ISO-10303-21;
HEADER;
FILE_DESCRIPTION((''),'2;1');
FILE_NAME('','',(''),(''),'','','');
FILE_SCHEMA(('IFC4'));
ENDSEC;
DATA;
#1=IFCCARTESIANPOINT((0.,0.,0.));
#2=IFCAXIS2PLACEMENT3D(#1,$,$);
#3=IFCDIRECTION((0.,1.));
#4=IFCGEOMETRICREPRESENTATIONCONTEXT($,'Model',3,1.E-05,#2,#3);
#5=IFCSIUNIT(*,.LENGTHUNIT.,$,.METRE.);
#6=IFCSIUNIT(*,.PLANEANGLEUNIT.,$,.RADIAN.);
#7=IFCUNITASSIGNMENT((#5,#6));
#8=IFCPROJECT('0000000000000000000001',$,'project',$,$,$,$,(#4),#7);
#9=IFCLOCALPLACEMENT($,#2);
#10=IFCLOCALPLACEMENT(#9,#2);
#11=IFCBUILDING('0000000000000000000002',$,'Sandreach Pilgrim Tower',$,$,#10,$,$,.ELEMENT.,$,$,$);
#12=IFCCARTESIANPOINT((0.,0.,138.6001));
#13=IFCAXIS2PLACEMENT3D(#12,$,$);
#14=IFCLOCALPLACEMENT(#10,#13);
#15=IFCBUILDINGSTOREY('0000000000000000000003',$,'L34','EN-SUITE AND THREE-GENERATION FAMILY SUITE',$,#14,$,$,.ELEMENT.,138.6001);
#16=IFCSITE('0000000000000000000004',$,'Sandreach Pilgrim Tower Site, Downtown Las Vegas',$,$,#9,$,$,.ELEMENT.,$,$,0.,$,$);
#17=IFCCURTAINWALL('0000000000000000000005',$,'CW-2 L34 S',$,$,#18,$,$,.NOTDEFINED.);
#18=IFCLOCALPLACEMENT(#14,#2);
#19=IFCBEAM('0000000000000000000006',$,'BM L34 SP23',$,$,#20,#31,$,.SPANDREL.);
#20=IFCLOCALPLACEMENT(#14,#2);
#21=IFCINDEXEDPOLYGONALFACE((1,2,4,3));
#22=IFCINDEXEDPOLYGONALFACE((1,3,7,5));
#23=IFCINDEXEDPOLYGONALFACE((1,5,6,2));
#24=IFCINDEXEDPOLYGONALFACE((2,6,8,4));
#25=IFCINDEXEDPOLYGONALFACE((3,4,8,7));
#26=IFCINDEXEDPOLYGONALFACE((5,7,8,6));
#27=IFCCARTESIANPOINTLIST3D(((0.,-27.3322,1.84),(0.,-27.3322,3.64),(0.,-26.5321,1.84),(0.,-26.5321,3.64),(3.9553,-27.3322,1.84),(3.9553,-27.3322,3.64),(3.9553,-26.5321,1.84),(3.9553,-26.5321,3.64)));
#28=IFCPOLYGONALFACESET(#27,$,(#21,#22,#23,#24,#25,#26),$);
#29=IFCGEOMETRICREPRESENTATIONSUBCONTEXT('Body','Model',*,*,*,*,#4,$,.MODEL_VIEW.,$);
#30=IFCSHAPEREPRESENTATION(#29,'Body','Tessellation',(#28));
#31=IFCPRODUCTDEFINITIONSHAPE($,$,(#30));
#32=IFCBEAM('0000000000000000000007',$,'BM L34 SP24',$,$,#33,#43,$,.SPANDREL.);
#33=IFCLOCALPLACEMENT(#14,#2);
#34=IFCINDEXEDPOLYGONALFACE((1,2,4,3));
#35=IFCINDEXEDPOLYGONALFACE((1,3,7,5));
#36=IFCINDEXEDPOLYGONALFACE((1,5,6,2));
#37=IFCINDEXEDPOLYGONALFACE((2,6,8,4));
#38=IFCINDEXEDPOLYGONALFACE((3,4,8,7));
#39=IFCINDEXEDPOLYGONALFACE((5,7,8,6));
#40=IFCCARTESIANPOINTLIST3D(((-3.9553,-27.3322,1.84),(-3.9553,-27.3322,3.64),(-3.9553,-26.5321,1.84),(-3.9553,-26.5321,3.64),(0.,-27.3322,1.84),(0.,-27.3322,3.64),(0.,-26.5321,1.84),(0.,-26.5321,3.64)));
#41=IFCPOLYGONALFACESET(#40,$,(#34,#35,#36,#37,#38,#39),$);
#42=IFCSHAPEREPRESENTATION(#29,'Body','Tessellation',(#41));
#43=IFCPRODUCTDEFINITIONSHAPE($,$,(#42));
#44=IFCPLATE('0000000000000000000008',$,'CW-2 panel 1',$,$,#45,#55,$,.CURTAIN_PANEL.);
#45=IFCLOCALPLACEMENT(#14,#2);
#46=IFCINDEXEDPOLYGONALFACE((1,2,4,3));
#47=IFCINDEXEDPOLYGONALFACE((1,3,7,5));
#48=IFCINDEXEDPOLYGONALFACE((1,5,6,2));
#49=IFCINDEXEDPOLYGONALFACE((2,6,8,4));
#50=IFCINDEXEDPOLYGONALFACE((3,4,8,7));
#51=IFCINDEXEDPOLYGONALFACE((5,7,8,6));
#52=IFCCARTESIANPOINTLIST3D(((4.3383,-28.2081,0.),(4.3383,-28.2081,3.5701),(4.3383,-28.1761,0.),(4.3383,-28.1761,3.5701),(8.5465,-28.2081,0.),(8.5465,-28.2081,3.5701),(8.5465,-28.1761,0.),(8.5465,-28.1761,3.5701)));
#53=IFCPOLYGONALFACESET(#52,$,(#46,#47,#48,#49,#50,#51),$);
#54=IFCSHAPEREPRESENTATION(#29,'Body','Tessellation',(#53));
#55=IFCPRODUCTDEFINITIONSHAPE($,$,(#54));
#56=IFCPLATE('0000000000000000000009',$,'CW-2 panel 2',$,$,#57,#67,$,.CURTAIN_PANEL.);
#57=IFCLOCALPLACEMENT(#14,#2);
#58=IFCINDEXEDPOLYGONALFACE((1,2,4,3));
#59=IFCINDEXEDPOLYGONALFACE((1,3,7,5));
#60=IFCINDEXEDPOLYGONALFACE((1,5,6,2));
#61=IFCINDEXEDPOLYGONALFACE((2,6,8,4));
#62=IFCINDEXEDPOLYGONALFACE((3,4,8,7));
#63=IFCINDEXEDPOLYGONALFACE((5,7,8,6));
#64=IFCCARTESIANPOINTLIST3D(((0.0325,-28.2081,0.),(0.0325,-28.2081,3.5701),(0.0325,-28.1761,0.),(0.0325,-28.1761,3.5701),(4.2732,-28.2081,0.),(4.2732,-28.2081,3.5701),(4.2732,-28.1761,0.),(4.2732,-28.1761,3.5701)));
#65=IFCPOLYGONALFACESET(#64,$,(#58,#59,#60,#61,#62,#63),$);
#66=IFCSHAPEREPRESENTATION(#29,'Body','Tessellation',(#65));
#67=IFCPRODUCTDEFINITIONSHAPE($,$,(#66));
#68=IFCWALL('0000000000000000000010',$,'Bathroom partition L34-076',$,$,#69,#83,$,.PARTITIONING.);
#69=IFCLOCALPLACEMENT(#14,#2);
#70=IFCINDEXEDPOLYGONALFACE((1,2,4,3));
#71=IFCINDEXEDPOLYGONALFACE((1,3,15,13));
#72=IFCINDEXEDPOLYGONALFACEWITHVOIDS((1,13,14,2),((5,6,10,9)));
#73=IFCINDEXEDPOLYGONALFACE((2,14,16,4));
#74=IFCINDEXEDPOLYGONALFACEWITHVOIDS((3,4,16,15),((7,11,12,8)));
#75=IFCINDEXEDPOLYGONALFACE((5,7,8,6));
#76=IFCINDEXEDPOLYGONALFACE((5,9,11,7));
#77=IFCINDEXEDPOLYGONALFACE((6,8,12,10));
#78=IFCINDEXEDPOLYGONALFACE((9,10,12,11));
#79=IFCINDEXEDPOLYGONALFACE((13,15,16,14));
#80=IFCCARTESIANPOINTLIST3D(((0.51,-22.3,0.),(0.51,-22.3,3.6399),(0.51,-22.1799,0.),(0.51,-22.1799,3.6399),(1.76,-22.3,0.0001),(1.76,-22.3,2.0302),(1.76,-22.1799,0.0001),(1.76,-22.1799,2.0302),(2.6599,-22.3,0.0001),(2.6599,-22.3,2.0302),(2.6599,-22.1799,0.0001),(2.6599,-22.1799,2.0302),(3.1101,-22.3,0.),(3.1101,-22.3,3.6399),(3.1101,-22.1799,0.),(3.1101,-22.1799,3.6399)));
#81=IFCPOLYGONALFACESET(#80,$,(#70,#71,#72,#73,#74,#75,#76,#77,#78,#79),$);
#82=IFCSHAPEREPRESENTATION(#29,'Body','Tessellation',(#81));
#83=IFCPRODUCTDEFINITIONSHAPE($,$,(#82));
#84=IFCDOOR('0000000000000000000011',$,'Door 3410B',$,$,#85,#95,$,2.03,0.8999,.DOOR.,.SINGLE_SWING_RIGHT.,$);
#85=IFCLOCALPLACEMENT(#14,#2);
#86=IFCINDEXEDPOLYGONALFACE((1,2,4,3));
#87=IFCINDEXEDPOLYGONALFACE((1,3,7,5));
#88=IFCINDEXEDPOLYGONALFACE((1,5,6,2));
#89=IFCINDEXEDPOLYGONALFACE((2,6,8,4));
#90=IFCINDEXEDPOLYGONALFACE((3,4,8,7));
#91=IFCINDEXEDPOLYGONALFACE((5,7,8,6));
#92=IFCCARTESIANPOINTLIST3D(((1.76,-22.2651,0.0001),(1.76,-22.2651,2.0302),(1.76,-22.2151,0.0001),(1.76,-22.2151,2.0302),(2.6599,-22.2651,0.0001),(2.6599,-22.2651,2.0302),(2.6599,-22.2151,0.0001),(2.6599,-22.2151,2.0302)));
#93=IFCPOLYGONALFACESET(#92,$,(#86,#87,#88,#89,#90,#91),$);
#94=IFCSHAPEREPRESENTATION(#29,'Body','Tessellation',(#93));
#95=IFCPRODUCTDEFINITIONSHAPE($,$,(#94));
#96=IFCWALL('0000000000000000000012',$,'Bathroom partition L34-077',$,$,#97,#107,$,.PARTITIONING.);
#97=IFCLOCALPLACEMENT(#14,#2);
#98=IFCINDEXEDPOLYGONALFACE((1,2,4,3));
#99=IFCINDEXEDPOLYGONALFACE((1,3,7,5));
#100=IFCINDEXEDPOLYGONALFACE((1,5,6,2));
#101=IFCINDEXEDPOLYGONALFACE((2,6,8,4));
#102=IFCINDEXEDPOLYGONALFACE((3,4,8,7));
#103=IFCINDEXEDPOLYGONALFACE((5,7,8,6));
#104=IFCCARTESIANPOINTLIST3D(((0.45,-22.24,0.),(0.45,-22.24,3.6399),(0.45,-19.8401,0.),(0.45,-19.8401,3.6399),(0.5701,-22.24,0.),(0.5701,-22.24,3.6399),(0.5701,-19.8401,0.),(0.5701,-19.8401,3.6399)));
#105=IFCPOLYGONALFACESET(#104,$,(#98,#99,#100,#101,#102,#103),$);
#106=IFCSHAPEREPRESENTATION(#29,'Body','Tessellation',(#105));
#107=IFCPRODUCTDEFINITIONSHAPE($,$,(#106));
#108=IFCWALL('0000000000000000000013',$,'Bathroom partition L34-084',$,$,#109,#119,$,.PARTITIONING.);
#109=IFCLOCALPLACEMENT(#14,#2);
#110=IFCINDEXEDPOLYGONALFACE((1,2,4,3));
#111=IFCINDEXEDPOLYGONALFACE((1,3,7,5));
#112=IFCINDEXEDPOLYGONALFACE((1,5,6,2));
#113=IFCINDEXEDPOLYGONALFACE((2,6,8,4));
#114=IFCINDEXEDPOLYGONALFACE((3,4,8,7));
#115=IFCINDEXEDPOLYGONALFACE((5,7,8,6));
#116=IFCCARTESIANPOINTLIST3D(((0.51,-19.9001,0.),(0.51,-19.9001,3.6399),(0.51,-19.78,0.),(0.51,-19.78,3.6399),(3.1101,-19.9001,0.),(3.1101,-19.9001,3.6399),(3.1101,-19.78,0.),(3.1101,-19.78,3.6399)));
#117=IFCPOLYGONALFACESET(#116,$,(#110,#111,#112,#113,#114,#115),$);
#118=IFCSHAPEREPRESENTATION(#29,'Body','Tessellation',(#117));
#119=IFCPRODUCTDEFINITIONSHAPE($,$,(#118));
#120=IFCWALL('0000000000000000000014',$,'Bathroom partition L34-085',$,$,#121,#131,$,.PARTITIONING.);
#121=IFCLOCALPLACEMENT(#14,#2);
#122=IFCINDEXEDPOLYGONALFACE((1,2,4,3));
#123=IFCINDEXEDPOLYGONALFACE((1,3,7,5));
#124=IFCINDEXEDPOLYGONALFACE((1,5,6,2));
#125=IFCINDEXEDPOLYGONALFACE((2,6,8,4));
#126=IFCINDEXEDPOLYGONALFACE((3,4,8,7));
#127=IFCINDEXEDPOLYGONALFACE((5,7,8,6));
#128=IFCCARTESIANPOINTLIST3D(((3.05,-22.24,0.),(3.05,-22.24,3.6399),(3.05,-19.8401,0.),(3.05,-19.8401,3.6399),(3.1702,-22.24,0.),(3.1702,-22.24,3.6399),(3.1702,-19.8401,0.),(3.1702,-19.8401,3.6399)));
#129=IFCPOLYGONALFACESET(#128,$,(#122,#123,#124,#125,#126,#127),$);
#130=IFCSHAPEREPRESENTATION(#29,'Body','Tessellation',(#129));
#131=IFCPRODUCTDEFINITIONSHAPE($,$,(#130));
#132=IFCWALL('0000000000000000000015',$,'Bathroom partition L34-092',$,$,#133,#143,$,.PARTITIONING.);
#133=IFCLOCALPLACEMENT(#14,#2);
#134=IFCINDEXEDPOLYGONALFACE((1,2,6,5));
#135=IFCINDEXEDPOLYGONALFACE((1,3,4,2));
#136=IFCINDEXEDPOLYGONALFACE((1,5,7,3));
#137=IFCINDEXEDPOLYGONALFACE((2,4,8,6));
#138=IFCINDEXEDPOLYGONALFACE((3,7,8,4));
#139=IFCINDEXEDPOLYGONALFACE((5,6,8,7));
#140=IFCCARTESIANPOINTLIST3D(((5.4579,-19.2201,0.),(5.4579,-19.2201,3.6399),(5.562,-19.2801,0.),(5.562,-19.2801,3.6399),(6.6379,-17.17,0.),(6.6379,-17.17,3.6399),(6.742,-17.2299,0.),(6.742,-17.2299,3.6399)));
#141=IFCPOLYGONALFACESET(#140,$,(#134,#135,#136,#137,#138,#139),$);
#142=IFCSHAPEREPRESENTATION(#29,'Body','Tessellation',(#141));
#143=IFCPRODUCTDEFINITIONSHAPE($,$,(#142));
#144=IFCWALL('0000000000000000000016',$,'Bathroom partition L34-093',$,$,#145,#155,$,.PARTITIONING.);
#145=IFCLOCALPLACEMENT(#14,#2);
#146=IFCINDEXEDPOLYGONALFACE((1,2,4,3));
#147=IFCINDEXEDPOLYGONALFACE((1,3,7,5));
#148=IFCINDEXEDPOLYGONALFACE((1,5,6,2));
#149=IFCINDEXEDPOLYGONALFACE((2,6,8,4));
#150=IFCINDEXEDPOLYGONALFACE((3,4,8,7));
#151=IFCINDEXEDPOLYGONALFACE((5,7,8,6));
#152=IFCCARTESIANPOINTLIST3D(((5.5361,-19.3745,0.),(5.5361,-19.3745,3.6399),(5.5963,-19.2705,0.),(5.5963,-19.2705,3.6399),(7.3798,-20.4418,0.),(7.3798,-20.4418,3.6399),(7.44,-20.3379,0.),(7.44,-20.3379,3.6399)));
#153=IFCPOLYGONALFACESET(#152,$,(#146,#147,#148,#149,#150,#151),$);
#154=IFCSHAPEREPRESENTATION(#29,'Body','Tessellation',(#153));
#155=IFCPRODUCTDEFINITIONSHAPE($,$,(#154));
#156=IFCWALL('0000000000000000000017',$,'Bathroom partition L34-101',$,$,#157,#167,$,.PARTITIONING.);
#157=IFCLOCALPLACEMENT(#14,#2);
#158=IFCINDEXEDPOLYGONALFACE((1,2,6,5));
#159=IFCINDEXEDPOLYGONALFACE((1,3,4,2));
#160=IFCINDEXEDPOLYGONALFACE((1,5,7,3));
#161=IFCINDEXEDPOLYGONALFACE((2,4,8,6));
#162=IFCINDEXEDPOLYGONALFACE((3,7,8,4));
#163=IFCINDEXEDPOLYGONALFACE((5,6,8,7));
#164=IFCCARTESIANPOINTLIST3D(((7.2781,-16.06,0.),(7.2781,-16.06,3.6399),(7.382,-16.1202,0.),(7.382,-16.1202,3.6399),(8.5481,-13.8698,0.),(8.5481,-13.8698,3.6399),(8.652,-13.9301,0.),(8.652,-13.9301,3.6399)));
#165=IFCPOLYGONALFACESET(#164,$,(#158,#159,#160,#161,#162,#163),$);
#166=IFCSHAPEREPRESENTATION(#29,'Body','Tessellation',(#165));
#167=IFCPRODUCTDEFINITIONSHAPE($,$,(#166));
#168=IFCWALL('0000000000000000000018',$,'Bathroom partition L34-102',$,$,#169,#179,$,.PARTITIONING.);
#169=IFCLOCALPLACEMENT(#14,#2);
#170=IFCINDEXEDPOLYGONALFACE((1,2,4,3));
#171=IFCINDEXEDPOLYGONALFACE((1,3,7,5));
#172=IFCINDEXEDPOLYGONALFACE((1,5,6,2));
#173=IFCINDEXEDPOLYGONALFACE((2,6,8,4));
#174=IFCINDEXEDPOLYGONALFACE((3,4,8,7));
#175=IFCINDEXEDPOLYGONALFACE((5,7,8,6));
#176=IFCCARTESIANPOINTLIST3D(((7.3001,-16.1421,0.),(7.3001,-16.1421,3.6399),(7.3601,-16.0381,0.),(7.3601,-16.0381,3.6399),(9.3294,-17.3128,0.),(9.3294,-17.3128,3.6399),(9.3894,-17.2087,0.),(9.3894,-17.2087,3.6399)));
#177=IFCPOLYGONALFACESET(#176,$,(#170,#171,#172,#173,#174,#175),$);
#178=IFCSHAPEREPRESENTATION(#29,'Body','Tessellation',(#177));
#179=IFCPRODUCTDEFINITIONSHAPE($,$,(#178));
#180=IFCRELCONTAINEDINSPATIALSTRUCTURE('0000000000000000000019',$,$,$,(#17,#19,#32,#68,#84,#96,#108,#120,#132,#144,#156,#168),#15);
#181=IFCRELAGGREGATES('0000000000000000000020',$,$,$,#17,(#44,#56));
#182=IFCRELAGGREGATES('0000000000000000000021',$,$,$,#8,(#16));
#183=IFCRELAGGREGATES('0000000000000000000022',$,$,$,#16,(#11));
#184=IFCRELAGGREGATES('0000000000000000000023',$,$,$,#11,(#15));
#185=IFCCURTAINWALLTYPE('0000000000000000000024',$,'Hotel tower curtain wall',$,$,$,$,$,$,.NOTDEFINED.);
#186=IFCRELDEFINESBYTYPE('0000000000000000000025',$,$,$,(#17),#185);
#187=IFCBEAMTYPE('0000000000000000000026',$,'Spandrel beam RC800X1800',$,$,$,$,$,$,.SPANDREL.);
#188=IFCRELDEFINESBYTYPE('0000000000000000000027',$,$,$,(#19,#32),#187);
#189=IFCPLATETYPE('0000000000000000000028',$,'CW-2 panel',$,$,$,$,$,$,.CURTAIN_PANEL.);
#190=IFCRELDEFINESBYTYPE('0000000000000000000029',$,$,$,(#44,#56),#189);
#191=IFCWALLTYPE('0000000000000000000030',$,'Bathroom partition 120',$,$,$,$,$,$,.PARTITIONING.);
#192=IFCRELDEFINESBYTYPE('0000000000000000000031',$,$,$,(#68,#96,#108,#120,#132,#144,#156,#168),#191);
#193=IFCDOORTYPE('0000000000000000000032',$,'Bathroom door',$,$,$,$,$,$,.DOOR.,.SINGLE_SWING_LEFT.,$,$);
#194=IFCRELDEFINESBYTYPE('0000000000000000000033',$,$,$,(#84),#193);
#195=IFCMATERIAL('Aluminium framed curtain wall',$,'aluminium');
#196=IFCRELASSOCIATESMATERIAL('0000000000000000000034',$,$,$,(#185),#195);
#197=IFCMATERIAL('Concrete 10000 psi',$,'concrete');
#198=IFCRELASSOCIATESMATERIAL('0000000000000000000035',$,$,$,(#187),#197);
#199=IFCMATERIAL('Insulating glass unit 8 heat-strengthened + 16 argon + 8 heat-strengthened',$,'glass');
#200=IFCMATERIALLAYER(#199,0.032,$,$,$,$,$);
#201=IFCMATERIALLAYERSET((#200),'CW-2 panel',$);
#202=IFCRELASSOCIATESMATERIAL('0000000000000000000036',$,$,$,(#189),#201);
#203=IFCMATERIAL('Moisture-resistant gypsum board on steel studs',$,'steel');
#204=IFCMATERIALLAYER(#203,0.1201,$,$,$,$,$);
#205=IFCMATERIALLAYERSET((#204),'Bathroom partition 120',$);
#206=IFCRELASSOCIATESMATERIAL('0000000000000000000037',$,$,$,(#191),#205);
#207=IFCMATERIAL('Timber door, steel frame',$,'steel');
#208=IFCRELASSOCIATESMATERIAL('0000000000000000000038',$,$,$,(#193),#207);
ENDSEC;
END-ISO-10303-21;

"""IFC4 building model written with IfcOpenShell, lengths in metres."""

from ifc_helpers import new_model, si_unit, direction, frame, frame_2d, origin, origin_2d, place, context, subcontext, project, spatial, rectangle, extrude, material, layer, layer_set, material_profile, profile_set, type_object, element, fill, aggregate, save


model = new_model("IFC4")

# Units and contexts
model_context = context("Model", 3, precision=1e-05, world=origin(), true_north=direction((0.0, 1.0)))
body_context = subcontext(model_context, "Body", "Model", "MODEL_VIEW")
ifc_project = project(units=[si_unit("LENGTHUNIT", "METRE"), si_unit("PLANEANGLEUNIT", "RADIAN")], contexts=[model_context])

# Site, building, storey
site_placement = place(None, origin())
site = spatial("IfcSite", under=ifc_project, at=site_placement, Name="Sandreach Pilgrim Tower Site, Downtown Las Vegas", CompositionType="ELEMENT", RefElevation=0.0)
building_placement = place(site_placement, origin())
building = spatial("IfcBuilding", under=site, at=building_placement, Name="Sandreach Pilgrim Tower", CompositionType="ELEMENT")
storey_placement = place(building_placement, frame((0.0, 0.0, 138.6001)))
storey = spatial("IfcBuildingStorey", under=building, at=storey_placement, Name="L34", Description="EN-SUITE AND THREE-GENERATION FAMILY SUITE", CompositionType="ELEMENT", Elevation=138.6001)

# Curtain wall
ifc_material_1 = material(Name="Aluminium framed curtain wall", Category="aluminium")
curtain_wall_type = type_object("IfcCurtainWallType", Name="Hotel tower curtain wall", PredefinedType="NOTDEFINED", material=ifc_material_1)
curtain_wall_placement = place(storey_placement, origin())
curtain_wall = element("IfcCurtainWall", 1, at=curtain_wall_placement, inside=storey, type_object=curtain_wall_type, Name="CW-2 L34 S", PredefinedType="NOTDEFINED")

# Beams
ifc_material_2 = material(Name="Concrete 10000 psi", Category="concrete")
ifc_material_profile_1 = material_profile(ifc_material_2, rectangle(XDim=0.8, YDim=1.8, at=origin_2d()), Name="RC800X1800")
ifc_profile_set_1 = profile_set([ifc_material_profile_1], Name="Concrete 10000 psi")
beam_type_1 = type_object("IfcBeamType", Name="Spandrel beam RC800X1800", PredefinedType="SPANDREL", material=ifc_profile_set_1)
for number, where, z_axis, x_axis, name in (
    (2, (3.9553, -26.9321, 2.74), (-1.0, 0.0, 0.0), (0.0, -1.0, 0.0), "BM L34 SP23"),
    (3, (0.0, -26.9321, 2.74), (-1.0, 0.0, 0.0), (0.0, -1.0, 0.0), "BM L34 SP24"),
):
    element("IfcBeam", number, at=place(storey_placement, frame(where, z_axis=z_axis, x_axis=x_axis)), inside=storey, type_object=beam_type_1, Name=name, PredefinedType="SPANDREL", context=body_context, shape_type="SweptSolid", body=[
        extrude(rectangle(XDim=0.8, YDim=1.8, at=origin_2d()), origin(), (0.0, 0.0, 1.0), 3.9553),
    ])

# Plates
ifc_material_3 = material(Name="Insulating glass unit 8 heat-strengthened + 16 argon + 8 heat-strengthened", Category="glass")
ifc_layer_1 = layer(ifc_material_3, 0.032)
ifc_layer_set_1 = layer_set([ifc_layer_1], Name="CW-2 panel")
plate_type = type_object("IfcPlateType", Name="CW-2 panel", PredefinedType="CURTAIN_PANEL", material=ifc_layer_set_1)
plate_1_placement = place(storey_placement, frame((6.4424, -28.1921, 0.0), z_axis=(0.0, 0.0, 1.0), x_axis=(-1.0, 0.0, 0.0)))
plate_1 = element("IfcPlate", 4, at=plate_1_placement, type_object=plate_type, Name="CW-2 panel 1", PredefinedType="CURTAIN_PANEL", context=body_context, shape_type="SweptSolid", body=[
    extrude(rectangle(XDim=4.2083, YDim=0.032, at=origin_2d()), origin(), (0.0, 0.0, 1.0), 3.5701),
])
plate_2_placement = place(storey_placement, frame((2.1528, -28.1921, 0.0), z_axis=(0.0, 0.0, 1.0), x_axis=(-1.0, 0.0, 0.0)))
plate_2 = element("IfcPlate", 5, at=plate_2_placement, type_object=plate_type, Name="CW-2 panel 2", PredefinedType="CURTAIN_PANEL", context=body_context, shape_type="SweptSolid", body=[
    extrude(rectangle(XDim=4.2407, YDim=0.032, at=origin_2d()), origin(), (0.0, 0.0, 1.0), 3.5701),
])
aggregate(curtain_wall, [plate_1, plate_2])

# Wall, opening, door
ifc_material_4 = material(Name="Moisture-resistant gypsum board on steel studs", Category="steel")
ifc_layer_2 = layer(ifc_material_4, 0.1201)
ifc_layer_set_2 = layer_set([ifc_layer_2], Name="Bathroom partition 120")
wall_type_1 = type_object("IfcWallType", Name="Bathroom partition 120", PredefinedType="PARTITIONING", material=ifc_layer_set_2)
wall_1_placement = place(storey_placement, frame((0.51, -22.24, 0.0), z_axis=(0.0, 0.0, 1.0), x_axis=(1.0, 0.0, 0.0)))
wall_1 = element("IfcWall", 6, at=wall_1_placement, inside=storey, type_object=wall_type_1, Name="Bathroom partition L34-076", PredefinedType="PARTITIONING", context=body_context, shape_type="SweptSolid", body=[
    extrude(rectangle(XDim=2.6001, YDim=0.1201, at=frame_2d((1.3, 0.0))), origin(), (0.0, 0.0, 1.0), 3.6399),
])
opening_1_placement = place(wall_1_placement, frame((1.25, 0.0, 0.0)))
opening_1 = element("IfcOpeningElement", 7, at=opening_1_placement, cuts=wall_1, PredefinedType="OPENING", context=body_context, shape_type="SweptSolid", body=[
    extrude(rectangle(XDim=0.8999, YDim=2.03, at=frame_2d((0.45, 1.0151))), frame((0.0, 0.0601, 0.0), z_axis=(0.0, -1.0, 0.0), x_axis=(1.0, 0.0, 0.0)), (0.0, 0.0, 1.0), 0.1201),
])
ifc_material_5 = material(Name="Timber door, steel frame", Category="steel")
door_type_1 = type_object("IfcDoorType", Name="Bathroom door", OperationType="SINGLE_SWING_LEFT", PredefinedType="DOOR", material=ifc_material_5)
door_1_placement = place(opening_1_placement, origin())
door_1 = element("IfcDoor", 8, at=door_1_placement, inside=storey, type_object=door_type_1, Name="Door 3410B", OperationType="SINGLE_SWING_RIGHT", OverallHeight=2.03, OverallWidth=0.8999, PredefinedType="DOOR", context=body_context, shape_type="SweptSolid", body=[
    extrude(rectangle(XDim=0.8999, YDim=2.03, at=frame_2d((0.45, 1.0151))), frame((0.0, 0.0249, 0.0), z_axis=(0.0, -1.0, 0.0), x_axis=(1.0, 0.0, 0.0)), (0.0, 0.0, 1.0), 0.05),
])
fill(opening_1, door_1)

# Walls
wall_2_placement = place(storey_placement, frame((0.51, -19.8401, 0.0), z_axis=(0.0, 0.0, 1.0), x_axis=(0.0, -1.0, 0.0)))
element("IfcWall", 9, at=wall_2_placement, inside=storey, type_object=wall_type_1, Name="Bathroom partition L34-077", PredefinedType="PARTITIONING", context=body_context, shape_type="SweptSolid", body=[
    extrude(rectangle(XDim=2.3999, YDim=0.1201, at=frame_2d((1.2, 0.0))), origin(), (0.0, 0.0, 1.0), 3.6399),
])
wall_3_placement = place(storey_placement, frame((3.1101, -19.8401, 0.0), z_axis=(0.0, 0.0, 1.0), x_axis=(-1.0, 0.0, 0.0)))
element("IfcWall", 10, at=wall_3_placement, inside=storey, type_object=wall_type_1, Name="Bathroom partition L34-084", PredefinedType="PARTITIONING", context=body_context, shape_type="SweptSolid", body=[
    extrude(rectangle(XDim=2.6001, YDim=0.1201, at=frame_2d((1.3, 0.0))), origin(), (0.0, 0.0, 1.0), 3.6399),
])
wall_4_placement = place(storey_placement, frame((3.1101, -19.8401, 0.0), z_axis=(0.0, 0.0, 1.0), x_axis=(0.0, -1.0, 0.0)))
element("IfcWall", 11, at=wall_4_placement, inside=storey, type_object=wall_type_1, Name="Bathroom partition L34-085", PredefinedType="PARTITIONING", context=body_context, shape_type="SweptSolid", body=[
    extrude(rectangle(XDim=2.3999, YDim=0.1201, at=frame_2d((1.2, 0.0))), origin(), (0.0, 0.0, 1.0), 3.6399),
])
wall_5_placement = place(storey_placement, frame((5.51, -19.25, 0.0), z_axis=(0.0, 0.0, 1.0), x_axis=(0.498838, 0.866695, 0.0)))
element("IfcWall", 12, at=wall_5_placement, inside=storey, type_object=wall_type_1, Name="Bathroom partition L34-092", PredefinedType="PARTITIONING", context=body_context, shape_type="SweptSolid", body=[
    extrude(rectangle(XDim=2.3655, YDim=0.1201, at=frame_2d((1.1826, 0.0))), origin(), (0.0, 0.0, 1.0), 3.6399),
])
wall_6_placement = place(storey_placement, frame((5.5662, -19.3225, 0.0), z_axis=(0.0, 0.0, 1.0), x_axis=(0.865437, -0.501018, 0.0)))
element("IfcWall", 13, at=wall_6_placement, inside=storey, type_object=wall_type_1, Name="Bathroom partition L34-093", PredefinedType="PARTITIONING", context=body_context, shape_type="SweptSolid", body=[
    extrude(rectangle(XDim=2.1304, YDim=0.1201, at=frame_2d((1.0652, 0.0))), origin(), (0.0, 0.0, 1.0), 3.6399),
])
wall_7_placement = place(storey_placement, frame((7.3301, -16.0901, 0.0), z_axis=(0.0, 0.0, 1.0), x_axis=(0.501633, 0.865081, 0.0)))
element("IfcWall", 14, at=wall_7_placement, inside=storey, type_object=wall_type_1, Name="Bathroom partition L34-101", PredefinedType="PARTITIONING", context=body_context, shape_type="SweptSolid", body=[
    extrude(rectangle(XDim=2.5317, YDim=0.1201, at=frame_2d((1.2659, 0.0))), origin(), (0.0, 0.0, 1.0), 3.6399),
])
wall_8_placement = place(storey_placement, frame((7.3301, -16.0901, 0.0), z_axis=(0.0, 0.0, 1.0), x_axis=(0.866203, -0.499692, 0.0)))
element("IfcWall", 15, at=wall_8_placement, inside=storey, type_object=wall_type_1, Name="Bathroom partition L34-102", PredefinedType="PARTITIONING", context=body_context, shape_type="SweptSolid", body=[
    extrude(rectangle(XDim=2.3428, YDim=0.1201, at=frame_2d((1.1714, 0.0))), origin(), (0.0, 0.0, 1.0), 3.6399),
])

save(model, "model.ifc")
